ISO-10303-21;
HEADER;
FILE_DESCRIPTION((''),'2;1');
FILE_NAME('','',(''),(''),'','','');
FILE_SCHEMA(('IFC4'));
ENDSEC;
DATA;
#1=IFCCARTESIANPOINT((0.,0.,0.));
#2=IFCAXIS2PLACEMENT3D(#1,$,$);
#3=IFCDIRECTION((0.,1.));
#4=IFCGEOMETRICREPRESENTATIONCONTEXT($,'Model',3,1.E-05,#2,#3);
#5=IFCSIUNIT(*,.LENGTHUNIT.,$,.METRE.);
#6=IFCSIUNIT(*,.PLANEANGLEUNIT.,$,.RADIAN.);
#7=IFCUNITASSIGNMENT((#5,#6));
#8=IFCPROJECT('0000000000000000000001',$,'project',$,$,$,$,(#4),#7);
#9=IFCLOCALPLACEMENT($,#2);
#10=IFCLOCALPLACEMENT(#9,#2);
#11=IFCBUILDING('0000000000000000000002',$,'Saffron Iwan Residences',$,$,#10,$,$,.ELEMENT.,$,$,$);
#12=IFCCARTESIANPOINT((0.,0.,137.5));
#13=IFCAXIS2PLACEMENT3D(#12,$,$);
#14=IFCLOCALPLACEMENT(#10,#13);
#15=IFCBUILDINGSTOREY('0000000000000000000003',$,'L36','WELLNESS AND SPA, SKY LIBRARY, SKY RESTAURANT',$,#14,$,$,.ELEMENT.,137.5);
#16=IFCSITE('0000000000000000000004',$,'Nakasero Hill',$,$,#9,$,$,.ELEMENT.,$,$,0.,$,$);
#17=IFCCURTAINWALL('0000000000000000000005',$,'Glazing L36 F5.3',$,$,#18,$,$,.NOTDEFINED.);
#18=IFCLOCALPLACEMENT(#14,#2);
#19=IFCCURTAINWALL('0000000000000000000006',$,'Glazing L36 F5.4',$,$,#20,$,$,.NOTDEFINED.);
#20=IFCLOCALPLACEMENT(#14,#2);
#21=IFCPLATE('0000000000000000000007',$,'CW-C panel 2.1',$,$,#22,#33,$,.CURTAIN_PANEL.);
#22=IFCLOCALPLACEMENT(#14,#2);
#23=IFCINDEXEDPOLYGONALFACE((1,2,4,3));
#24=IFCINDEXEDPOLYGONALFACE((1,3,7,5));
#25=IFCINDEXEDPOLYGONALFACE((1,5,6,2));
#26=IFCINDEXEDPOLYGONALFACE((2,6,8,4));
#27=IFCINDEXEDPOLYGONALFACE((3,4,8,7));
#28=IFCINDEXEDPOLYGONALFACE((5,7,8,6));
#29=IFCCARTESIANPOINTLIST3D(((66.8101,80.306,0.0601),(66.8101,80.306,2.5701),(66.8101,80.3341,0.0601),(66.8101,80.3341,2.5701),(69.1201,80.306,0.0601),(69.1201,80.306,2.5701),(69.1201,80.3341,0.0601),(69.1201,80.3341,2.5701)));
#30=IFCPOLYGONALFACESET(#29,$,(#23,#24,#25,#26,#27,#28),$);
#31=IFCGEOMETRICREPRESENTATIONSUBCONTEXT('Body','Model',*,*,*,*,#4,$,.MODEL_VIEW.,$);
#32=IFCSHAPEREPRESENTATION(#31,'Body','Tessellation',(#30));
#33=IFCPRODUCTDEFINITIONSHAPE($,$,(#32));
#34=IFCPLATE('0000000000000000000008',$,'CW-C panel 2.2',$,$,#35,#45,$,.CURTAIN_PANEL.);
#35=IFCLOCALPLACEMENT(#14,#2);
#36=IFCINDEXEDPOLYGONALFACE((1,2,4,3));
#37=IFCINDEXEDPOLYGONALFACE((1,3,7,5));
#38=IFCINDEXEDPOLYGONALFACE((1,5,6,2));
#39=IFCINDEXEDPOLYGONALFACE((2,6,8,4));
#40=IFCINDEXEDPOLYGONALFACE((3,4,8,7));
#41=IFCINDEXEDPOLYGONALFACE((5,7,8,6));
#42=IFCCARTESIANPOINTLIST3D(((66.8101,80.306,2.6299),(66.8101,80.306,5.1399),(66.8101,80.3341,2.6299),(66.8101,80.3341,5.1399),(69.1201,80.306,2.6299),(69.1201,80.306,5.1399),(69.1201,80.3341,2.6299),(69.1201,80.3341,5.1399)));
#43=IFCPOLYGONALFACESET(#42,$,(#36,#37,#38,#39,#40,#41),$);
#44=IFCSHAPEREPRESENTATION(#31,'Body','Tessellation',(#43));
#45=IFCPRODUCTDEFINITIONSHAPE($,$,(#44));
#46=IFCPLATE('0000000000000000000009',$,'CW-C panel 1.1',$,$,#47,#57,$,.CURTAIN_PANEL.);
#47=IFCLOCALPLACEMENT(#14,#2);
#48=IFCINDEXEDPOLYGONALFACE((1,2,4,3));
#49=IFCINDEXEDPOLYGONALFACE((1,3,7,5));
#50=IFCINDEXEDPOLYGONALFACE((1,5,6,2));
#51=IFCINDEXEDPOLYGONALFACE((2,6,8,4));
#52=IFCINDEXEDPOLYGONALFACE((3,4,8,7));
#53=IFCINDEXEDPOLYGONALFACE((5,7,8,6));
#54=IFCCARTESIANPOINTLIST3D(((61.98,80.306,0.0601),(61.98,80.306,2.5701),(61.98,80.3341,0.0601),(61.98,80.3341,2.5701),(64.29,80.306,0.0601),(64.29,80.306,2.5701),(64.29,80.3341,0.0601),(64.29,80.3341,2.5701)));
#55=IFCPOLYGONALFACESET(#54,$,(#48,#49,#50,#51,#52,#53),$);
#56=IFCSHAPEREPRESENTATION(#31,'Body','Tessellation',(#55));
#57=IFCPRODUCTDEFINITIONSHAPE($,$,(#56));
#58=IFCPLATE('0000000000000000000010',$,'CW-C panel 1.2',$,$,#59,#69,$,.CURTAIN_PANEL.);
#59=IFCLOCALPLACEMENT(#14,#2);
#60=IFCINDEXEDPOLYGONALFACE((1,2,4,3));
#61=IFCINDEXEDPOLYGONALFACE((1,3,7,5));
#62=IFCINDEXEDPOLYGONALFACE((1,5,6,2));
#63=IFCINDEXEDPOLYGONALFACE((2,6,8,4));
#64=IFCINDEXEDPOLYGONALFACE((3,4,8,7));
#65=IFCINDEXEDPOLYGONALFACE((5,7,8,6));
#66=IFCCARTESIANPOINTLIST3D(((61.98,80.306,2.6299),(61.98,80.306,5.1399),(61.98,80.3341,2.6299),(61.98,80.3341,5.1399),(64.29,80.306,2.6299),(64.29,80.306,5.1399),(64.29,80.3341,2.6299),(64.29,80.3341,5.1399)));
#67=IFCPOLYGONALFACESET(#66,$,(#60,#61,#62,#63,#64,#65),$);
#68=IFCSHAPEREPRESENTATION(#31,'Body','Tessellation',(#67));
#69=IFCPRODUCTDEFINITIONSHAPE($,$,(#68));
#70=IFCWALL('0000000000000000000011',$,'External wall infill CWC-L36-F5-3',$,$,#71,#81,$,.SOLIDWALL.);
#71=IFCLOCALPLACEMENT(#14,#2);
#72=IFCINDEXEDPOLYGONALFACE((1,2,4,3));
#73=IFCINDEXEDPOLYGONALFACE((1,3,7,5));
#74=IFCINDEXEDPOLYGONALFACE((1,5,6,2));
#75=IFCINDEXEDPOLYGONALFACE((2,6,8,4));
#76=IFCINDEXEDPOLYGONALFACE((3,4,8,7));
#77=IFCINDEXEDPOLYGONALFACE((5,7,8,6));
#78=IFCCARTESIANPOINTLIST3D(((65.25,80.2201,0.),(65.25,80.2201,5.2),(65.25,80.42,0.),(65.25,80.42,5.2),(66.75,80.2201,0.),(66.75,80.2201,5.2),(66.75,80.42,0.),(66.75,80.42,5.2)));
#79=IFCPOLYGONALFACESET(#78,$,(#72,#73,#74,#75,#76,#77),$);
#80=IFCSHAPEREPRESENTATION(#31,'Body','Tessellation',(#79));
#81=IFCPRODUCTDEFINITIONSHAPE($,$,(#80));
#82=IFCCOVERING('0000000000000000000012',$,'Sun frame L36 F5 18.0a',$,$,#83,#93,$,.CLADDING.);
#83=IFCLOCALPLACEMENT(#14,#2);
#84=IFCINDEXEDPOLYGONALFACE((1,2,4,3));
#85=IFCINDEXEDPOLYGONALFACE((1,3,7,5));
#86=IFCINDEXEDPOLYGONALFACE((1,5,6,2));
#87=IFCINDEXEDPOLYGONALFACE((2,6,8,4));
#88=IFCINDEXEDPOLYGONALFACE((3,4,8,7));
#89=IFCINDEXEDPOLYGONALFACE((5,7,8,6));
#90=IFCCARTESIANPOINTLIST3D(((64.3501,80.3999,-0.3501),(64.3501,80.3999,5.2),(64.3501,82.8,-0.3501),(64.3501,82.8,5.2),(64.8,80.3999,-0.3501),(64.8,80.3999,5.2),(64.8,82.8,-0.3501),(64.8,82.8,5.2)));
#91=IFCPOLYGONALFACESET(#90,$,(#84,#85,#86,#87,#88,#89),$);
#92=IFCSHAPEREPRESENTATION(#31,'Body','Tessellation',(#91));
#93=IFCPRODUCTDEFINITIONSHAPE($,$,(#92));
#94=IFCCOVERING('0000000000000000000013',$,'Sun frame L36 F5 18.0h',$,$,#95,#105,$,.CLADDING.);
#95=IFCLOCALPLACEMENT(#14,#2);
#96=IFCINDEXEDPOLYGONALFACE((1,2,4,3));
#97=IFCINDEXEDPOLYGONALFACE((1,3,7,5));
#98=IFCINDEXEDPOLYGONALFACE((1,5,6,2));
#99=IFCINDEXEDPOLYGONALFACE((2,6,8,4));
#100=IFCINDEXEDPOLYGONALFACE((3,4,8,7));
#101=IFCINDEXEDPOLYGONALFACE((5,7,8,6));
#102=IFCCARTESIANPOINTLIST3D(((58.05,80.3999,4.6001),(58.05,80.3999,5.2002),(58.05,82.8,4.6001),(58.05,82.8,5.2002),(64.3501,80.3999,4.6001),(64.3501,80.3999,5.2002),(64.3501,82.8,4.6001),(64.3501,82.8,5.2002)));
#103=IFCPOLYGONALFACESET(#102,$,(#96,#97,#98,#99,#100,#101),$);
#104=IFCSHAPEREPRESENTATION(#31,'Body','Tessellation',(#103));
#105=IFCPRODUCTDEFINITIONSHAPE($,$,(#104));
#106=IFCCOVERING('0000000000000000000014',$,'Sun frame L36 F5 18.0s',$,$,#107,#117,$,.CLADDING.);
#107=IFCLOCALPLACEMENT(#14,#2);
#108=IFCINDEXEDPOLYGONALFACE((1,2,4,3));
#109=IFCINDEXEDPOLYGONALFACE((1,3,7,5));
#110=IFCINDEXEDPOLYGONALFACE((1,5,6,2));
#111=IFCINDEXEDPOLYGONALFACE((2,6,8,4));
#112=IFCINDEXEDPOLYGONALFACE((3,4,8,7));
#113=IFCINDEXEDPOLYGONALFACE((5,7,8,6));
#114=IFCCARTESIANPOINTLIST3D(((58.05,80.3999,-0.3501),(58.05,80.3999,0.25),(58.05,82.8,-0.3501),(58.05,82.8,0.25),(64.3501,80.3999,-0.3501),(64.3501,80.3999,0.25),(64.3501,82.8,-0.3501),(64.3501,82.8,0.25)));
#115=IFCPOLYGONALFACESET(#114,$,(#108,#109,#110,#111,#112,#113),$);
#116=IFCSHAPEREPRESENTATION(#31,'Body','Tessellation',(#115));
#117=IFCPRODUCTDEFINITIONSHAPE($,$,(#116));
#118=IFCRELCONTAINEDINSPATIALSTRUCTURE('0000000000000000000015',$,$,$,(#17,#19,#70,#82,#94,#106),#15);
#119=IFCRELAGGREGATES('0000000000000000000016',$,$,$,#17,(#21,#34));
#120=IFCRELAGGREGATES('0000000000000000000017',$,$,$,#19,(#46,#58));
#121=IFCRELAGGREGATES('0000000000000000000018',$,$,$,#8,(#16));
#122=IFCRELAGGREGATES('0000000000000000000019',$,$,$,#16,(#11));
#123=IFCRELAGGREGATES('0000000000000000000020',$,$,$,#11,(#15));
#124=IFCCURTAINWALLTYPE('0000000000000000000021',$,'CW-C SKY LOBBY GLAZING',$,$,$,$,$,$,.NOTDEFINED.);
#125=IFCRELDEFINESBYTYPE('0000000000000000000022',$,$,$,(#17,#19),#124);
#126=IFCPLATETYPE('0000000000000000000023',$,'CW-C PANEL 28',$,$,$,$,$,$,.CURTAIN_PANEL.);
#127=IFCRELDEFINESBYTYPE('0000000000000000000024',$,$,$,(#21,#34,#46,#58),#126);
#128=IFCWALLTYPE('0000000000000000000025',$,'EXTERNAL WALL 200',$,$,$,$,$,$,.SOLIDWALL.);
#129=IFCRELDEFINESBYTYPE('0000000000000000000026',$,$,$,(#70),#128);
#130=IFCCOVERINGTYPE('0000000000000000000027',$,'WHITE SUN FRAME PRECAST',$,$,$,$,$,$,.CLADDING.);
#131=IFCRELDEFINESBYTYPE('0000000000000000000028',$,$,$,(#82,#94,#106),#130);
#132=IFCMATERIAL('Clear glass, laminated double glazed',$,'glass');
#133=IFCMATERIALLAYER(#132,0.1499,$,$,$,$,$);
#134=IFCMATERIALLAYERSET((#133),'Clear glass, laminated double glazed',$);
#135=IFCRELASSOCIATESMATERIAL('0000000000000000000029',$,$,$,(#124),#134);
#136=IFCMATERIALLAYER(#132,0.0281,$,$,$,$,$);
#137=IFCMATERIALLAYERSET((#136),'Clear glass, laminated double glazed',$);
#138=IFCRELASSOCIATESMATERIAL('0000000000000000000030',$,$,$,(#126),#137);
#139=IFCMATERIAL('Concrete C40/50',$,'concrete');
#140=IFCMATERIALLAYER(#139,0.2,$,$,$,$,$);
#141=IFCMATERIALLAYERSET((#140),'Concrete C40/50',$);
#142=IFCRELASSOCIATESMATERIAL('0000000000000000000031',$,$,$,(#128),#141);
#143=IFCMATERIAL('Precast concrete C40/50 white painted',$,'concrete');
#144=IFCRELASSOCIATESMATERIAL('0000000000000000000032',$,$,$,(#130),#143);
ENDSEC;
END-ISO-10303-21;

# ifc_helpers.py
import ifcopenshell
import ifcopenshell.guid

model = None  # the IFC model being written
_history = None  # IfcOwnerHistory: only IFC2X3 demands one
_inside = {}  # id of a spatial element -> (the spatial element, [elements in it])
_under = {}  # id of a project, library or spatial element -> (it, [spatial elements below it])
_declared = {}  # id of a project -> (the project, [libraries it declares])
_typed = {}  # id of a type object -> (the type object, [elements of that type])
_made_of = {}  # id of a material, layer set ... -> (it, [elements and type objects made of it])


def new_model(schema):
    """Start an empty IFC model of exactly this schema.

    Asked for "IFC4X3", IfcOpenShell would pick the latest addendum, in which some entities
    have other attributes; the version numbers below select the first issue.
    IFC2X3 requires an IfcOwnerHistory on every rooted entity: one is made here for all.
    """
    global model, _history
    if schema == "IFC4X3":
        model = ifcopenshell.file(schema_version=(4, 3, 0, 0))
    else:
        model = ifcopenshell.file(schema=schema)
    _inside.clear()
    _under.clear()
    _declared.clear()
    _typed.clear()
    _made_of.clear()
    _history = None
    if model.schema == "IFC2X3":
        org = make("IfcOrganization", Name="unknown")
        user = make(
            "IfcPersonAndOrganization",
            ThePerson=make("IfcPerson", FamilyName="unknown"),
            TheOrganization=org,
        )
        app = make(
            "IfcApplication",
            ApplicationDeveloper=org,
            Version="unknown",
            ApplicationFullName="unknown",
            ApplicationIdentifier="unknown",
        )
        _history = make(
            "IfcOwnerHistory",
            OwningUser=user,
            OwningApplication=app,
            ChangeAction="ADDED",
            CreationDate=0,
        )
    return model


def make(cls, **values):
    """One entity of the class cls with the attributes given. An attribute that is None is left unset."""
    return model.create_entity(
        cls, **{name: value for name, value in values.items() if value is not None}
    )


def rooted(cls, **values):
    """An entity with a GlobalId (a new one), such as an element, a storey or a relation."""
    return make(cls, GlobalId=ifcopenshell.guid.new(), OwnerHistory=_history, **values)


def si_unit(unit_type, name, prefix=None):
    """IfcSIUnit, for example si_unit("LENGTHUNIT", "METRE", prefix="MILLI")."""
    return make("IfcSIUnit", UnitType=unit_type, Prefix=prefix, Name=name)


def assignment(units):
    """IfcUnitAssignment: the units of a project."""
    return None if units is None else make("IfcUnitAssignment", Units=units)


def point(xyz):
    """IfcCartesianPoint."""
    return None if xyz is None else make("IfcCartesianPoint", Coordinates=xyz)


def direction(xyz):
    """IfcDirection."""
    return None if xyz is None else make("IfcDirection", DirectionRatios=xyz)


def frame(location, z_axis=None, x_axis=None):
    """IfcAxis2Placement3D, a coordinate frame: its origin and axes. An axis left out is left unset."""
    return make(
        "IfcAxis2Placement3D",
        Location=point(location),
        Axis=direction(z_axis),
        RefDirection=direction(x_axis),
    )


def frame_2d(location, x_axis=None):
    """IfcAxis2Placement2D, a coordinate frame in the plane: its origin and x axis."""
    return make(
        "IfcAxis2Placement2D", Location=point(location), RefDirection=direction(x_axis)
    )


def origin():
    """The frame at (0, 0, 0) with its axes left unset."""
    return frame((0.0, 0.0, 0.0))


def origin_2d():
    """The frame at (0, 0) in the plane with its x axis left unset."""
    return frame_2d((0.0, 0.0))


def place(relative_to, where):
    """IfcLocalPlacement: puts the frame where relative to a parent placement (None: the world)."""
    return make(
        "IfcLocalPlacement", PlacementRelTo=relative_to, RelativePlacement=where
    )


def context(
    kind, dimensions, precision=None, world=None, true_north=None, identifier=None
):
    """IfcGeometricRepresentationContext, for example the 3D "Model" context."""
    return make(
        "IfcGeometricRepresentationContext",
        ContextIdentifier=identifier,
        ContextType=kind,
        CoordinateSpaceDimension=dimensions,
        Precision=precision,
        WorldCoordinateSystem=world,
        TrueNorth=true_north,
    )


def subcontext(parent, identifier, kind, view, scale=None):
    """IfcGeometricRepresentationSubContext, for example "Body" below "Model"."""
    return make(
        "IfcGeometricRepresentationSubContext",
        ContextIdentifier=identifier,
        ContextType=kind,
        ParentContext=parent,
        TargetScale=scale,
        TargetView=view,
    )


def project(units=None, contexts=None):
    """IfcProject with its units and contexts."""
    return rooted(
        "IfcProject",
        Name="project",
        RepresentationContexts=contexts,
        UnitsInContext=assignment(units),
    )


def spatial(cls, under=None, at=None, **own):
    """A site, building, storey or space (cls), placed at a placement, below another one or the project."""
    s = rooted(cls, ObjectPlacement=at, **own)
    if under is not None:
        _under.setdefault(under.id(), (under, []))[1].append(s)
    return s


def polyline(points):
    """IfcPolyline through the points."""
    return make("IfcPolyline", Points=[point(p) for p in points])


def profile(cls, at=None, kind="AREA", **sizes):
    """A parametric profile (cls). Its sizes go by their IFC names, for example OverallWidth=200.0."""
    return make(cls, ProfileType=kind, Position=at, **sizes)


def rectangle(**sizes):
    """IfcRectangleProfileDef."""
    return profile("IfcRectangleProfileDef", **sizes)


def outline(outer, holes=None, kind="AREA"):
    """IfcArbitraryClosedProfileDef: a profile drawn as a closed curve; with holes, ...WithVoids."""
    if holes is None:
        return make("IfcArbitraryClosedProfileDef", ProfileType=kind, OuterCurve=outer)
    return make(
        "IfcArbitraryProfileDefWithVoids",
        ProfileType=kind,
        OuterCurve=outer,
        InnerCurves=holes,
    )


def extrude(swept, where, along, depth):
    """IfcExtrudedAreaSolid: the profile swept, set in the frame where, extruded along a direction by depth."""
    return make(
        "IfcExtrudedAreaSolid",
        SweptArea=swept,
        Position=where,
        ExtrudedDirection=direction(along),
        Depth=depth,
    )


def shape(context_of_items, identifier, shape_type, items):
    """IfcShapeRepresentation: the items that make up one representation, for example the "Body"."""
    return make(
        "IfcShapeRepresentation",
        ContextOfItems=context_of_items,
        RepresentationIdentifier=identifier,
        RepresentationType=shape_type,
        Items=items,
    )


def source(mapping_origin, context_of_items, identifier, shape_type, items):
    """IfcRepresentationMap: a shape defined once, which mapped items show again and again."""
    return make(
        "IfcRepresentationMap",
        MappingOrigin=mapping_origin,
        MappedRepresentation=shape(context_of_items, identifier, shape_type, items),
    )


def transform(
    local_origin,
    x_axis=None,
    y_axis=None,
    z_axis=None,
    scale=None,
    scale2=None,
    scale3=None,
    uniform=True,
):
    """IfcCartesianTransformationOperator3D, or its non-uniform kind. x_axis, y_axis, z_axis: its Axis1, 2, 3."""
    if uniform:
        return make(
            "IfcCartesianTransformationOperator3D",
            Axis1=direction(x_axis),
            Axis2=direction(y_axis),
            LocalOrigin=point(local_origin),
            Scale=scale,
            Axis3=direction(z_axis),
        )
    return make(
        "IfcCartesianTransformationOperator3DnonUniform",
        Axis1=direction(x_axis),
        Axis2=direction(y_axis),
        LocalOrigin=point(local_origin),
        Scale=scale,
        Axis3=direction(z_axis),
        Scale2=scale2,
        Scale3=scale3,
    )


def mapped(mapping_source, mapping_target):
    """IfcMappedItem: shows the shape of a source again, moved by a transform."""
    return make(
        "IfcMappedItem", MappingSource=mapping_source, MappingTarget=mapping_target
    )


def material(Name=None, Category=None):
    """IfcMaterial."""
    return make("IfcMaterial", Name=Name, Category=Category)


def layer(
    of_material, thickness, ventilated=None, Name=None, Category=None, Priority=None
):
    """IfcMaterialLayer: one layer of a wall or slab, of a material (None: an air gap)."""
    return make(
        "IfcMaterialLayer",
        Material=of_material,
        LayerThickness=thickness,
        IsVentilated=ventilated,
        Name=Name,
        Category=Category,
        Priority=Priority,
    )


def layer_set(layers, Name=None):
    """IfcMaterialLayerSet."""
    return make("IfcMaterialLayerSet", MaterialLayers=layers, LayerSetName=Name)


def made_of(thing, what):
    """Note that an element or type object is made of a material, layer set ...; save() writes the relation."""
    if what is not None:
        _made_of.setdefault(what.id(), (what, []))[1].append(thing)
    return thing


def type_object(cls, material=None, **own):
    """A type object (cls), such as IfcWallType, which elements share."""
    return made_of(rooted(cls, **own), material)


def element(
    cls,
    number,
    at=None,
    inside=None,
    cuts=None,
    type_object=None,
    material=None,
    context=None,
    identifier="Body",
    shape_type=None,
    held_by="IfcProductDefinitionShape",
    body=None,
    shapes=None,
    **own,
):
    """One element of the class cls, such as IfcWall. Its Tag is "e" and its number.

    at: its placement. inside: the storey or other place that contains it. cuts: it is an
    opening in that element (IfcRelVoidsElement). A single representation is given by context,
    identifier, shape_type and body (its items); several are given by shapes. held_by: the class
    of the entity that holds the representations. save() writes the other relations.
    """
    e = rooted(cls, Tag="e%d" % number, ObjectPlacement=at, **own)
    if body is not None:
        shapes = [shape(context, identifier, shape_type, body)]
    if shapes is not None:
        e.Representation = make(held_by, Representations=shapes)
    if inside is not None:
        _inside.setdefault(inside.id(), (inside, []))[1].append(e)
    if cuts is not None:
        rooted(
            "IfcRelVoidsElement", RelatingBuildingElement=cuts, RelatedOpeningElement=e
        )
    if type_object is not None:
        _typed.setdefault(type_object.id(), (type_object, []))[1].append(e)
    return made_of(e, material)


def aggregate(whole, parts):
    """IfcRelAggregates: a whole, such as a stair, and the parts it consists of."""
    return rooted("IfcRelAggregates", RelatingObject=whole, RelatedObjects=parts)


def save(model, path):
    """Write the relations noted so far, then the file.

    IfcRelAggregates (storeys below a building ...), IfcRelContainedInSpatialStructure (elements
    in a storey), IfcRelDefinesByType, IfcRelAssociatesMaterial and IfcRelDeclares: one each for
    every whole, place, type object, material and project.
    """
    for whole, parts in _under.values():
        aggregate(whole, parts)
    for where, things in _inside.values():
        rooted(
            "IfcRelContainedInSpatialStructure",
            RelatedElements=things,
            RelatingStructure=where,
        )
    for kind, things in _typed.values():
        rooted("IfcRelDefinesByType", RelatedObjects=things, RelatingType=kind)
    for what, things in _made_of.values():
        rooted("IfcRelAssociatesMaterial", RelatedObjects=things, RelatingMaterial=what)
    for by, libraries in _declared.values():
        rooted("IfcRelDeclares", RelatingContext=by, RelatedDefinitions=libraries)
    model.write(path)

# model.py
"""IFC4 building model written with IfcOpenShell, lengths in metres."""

from ifc_helpers import new_model, si_unit, direction, frame, frame_2d, origin, origin_2d, place, context, subcontext, project, spatial, polyline, rectangle, outline, extrude, source, transform, mapped, material, layer, layer_set, type_object, element, aggregate, save


model = new_model("IFC4")

# Units and contexts
model_context = context("Model", 3, precision=1e-05, world=origin(), true_north=direction((0.0, 1.0)))
body_context = subcontext(model_context, "Body", "Model", "MODEL_VIEW")
ifc_project = project(units=[si_unit("LENGTHUNIT", "METRE"), si_unit("PLANEANGLEUNIT", "RADIAN")], contexts=[model_context])

# Site, building, storey
site_placement = place(None, origin())
site = spatial("IfcSite", under=ifc_project, at=site_placement, Name="Nakasero Hill", CompositionType="ELEMENT", RefElevation=0.0)
building_placement = place(site_placement, origin())
building = spatial("IfcBuilding", under=site, at=building_placement, Name="Saffron Iwan Residences", CompositionType="ELEMENT")
storey_placement = place(building_placement, frame((0.0, 0.0, 137.5)))
storey = spatial("IfcBuildingStorey", under=building, at=storey_placement, Name="L36", Description="WELLNESS AND SPA, SKY LIBRARY, SKY RESTAURANT", CompositionType="ELEMENT", Elevation=137.5)

# Curtain walls
ifc_material_1 = material(Name="Clear glass, laminated double glazed", Category="glass")
ifc_layer_1 = layer(ifc_material_1, 0.1499)
ifc_layer_set_1 = layer_set([ifc_layer_1], Name="Clear glass, laminated double glazed")
curtain_wall_type = type_object("IfcCurtainWallType", Name="CW-C SKY LOBBY GLAZING", PredefinedType="NOTDEFINED", material=ifc_layer_set_1)
curtain_wall_1_placement = place(storey_placement, origin())
curtain_wall_1 = element("IfcCurtainWall", 1, at=curtain_wall_1_placement, inside=storey, type_object=curtain_wall_type, Name="Glazing L36 F5.3", PredefinedType="NOTDEFINED")
curtain_wall_2_placement = place(storey_placement, origin())
curtain_wall_2 = element("IfcCurtainWall", 2, at=curtain_wall_2_placement, inside=storey, type_object=curtain_wall_type, Name="Glazing L36 F5.4", PredefinedType="NOTDEFINED")

# Plates
ifc_layer_2 = layer(ifc_material_1, 0.0281)
ifc_layer_set_2 = layer_set([ifc_layer_2], Name="Clear glass, laminated double glazed")
plate_type = type_object("IfcPlateType", Name="CW-C PANEL 28", PredefinedType="CURTAIN_PANEL", material=ifc_layer_set_2)
shared_shape_1 = source(origin(), body_context, "Body", "SweptSolid", [
    extrude(rectangle(XDim=2.3101, YDim=0.0281, at=origin_2d()), origin(), (0.0, 0.0, 1.0), 2.51),
])
plate_1_placement = place(storey_placement, frame((67.9651, 80.3201, 0.0601), z_axis=(0.0, 0.0, 1.0), x_axis=(-1.0, 0.0, 0.0)))
plate_1 = element("IfcPlate", 3, at=plate_1_placement, type_object=plate_type, Name="CW-C panel 2.1", PredefinedType="CURTAIN_PANEL", context=body_context, shape_type="MappedRepresentation", body=[
    mapped(shared_shape_1, transform((0.0, 0.0, 0.0))),
])
plate_2_placement = place(storey_placement, frame((67.9651, 80.3201, 2.6299), z_axis=(0.0, 0.0, 1.0), x_axis=(-1.0, 0.0, 0.0)))
plate_2 = element("IfcPlate", 4, at=plate_2_placement, type_object=plate_type, Name="CW-C panel 2.2", PredefinedType="CURTAIN_PANEL", context=body_context, shape_type="MappedRepresentation", body=[
    mapped(shared_shape_1, transform((0.0, 0.0, 0.0))),
])
aggregate(curtain_wall_1, [plate_1, plate_2])
plate_3_placement = place(storey_placement, frame((63.135, 80.3201, 0.0601), z_axis=(0.0, 0.0, 1.0), x_axis=(-1.0, 0.0, 0.0)))
plate_3 = element("IfcPlate", 5, at=plate_3_placement, type_object=plate_type, Name="CW-C panel 1.1", PredefinedType="CURTAIN_PANEL", context=body_context, shape_type="MappedRepresentation", body=[
    mapped(shared_shape_1, transform((0.0, 0.0, 0.0))),
])
plate_4_placement = place(storey_placement, frame((63.135, 80.3201, 2.6299), z_axis=(0.0, 0.0, 1.0), x_axis=(-1.0, 0.0, 0.0)))
plate_4 = element("IfcPlate", 6, at=plate_4_placement, type_object=plate_type, Name="CW-C panel 1.2", PredefinedType="CURTAIN_PANEL", context=body_context, shape_type="MappedRepresentation", body=[
    mapped(shared_shape_1, transform((0.0, 0.0, 0.0))),
])
aggregate(curtain_wall_2, [plate_3, plate_4])

# Wall
ifc_material_2 = material(Name="Concrete C40/50", Category="concrete")
ifc_layer_3 = layer(ifc_material_2, 0.2)
ifc_layer_set_3 = layer_set([ifc_layer_3], Name="Concrete C40/50")
wall_type = type_object("IfcWallType", Name="EXTERNAL WALL 200", PredefinedType="SOLIDWALL", material=ifc_layer_set_3)
wall_placement = place(storey_placement, frame((66.75, 80.3201, 0.0), z_axis=(0.0, 0.0, 1.0), x_axis=(-1.0, 0.0, 0.0)))
element("IfcWall", 7, at=wall_placement, inside=storey, type_object=wall_type, Name="External wall infill CWC-L36-F5-3", PredefinedType="SOLIDWALL", context=body_context, shape_type="SweptSolid", body=[
    extrude(rectangle(XDim=1.5, YDim=0.2, at=frame_2d((0.75, 0.0))), origin(), (0.0, 0.0, 1.0), 5.2),
])

# Coverings
ifc_material_3 = material(Name="Precast concrete C40/50 white painted", Category="concrete")
covering_type = type_object("IfcCoveringType", Name="WHITE SUN FRAME PRECAST", PredefinedType="CLADDING", material=ifc_material_3)
covering_placement = place(storey_placement, frame((64.8, 80.3999, -0.3501), z_axis=(0.0, 1.0, 0.0), x_axis=(-1.0, 0.0, 0.0)))
element("IfcCovering", 8, at=covering_placement, inside=storey, type_object=covering_type, Name="Sun frame L36 F5 18.0a", PredefinedType="CLADDING", context=body_context, shape_type="SweptSolid", body=[
    extrude(outline(polyline([(0.0, 0.0), (0.45, 0.0), (0.45, 5.55), (0.0, 5.55), (0.0, 0.0)])), origin(), (0.0, 0.0, 1.0), 2.4001),
])
for number, where, z_axis, x_axis, name in (
    (9, (64.3501, 80.3999, 4.6001), (0.0, 1.0, 0.0), (-1.0, 0.0, 0.0), "Sun frame L36 F5 18.0h"),
    (10, (64.3501, 80.3999, -0.3501), (0.0, 1.0, 0.0), (-1.0, 0.0, 0.0), "Sun frame L36 F5 18.0s"),
):
    element("IfcCovering", number, at=place(storey_placement, frame(where, z_axis=z_axis, x_axis=x_axis)), inside=storey, type_object=covering_type, Name=name, PredefinedType="CLADDING", context=body_context, shape_type="SweptSolid", body=[
        extrude(outline(polyline([(0.0, 0.0), (6.3, 0.0), (6.3, 0.6001), (0.0, 0.6001), (0.0, 0.0)])), origin(), (0.0, 0.0, 1.0), 2.4001),
    ])

save(model, "model.ifc")
